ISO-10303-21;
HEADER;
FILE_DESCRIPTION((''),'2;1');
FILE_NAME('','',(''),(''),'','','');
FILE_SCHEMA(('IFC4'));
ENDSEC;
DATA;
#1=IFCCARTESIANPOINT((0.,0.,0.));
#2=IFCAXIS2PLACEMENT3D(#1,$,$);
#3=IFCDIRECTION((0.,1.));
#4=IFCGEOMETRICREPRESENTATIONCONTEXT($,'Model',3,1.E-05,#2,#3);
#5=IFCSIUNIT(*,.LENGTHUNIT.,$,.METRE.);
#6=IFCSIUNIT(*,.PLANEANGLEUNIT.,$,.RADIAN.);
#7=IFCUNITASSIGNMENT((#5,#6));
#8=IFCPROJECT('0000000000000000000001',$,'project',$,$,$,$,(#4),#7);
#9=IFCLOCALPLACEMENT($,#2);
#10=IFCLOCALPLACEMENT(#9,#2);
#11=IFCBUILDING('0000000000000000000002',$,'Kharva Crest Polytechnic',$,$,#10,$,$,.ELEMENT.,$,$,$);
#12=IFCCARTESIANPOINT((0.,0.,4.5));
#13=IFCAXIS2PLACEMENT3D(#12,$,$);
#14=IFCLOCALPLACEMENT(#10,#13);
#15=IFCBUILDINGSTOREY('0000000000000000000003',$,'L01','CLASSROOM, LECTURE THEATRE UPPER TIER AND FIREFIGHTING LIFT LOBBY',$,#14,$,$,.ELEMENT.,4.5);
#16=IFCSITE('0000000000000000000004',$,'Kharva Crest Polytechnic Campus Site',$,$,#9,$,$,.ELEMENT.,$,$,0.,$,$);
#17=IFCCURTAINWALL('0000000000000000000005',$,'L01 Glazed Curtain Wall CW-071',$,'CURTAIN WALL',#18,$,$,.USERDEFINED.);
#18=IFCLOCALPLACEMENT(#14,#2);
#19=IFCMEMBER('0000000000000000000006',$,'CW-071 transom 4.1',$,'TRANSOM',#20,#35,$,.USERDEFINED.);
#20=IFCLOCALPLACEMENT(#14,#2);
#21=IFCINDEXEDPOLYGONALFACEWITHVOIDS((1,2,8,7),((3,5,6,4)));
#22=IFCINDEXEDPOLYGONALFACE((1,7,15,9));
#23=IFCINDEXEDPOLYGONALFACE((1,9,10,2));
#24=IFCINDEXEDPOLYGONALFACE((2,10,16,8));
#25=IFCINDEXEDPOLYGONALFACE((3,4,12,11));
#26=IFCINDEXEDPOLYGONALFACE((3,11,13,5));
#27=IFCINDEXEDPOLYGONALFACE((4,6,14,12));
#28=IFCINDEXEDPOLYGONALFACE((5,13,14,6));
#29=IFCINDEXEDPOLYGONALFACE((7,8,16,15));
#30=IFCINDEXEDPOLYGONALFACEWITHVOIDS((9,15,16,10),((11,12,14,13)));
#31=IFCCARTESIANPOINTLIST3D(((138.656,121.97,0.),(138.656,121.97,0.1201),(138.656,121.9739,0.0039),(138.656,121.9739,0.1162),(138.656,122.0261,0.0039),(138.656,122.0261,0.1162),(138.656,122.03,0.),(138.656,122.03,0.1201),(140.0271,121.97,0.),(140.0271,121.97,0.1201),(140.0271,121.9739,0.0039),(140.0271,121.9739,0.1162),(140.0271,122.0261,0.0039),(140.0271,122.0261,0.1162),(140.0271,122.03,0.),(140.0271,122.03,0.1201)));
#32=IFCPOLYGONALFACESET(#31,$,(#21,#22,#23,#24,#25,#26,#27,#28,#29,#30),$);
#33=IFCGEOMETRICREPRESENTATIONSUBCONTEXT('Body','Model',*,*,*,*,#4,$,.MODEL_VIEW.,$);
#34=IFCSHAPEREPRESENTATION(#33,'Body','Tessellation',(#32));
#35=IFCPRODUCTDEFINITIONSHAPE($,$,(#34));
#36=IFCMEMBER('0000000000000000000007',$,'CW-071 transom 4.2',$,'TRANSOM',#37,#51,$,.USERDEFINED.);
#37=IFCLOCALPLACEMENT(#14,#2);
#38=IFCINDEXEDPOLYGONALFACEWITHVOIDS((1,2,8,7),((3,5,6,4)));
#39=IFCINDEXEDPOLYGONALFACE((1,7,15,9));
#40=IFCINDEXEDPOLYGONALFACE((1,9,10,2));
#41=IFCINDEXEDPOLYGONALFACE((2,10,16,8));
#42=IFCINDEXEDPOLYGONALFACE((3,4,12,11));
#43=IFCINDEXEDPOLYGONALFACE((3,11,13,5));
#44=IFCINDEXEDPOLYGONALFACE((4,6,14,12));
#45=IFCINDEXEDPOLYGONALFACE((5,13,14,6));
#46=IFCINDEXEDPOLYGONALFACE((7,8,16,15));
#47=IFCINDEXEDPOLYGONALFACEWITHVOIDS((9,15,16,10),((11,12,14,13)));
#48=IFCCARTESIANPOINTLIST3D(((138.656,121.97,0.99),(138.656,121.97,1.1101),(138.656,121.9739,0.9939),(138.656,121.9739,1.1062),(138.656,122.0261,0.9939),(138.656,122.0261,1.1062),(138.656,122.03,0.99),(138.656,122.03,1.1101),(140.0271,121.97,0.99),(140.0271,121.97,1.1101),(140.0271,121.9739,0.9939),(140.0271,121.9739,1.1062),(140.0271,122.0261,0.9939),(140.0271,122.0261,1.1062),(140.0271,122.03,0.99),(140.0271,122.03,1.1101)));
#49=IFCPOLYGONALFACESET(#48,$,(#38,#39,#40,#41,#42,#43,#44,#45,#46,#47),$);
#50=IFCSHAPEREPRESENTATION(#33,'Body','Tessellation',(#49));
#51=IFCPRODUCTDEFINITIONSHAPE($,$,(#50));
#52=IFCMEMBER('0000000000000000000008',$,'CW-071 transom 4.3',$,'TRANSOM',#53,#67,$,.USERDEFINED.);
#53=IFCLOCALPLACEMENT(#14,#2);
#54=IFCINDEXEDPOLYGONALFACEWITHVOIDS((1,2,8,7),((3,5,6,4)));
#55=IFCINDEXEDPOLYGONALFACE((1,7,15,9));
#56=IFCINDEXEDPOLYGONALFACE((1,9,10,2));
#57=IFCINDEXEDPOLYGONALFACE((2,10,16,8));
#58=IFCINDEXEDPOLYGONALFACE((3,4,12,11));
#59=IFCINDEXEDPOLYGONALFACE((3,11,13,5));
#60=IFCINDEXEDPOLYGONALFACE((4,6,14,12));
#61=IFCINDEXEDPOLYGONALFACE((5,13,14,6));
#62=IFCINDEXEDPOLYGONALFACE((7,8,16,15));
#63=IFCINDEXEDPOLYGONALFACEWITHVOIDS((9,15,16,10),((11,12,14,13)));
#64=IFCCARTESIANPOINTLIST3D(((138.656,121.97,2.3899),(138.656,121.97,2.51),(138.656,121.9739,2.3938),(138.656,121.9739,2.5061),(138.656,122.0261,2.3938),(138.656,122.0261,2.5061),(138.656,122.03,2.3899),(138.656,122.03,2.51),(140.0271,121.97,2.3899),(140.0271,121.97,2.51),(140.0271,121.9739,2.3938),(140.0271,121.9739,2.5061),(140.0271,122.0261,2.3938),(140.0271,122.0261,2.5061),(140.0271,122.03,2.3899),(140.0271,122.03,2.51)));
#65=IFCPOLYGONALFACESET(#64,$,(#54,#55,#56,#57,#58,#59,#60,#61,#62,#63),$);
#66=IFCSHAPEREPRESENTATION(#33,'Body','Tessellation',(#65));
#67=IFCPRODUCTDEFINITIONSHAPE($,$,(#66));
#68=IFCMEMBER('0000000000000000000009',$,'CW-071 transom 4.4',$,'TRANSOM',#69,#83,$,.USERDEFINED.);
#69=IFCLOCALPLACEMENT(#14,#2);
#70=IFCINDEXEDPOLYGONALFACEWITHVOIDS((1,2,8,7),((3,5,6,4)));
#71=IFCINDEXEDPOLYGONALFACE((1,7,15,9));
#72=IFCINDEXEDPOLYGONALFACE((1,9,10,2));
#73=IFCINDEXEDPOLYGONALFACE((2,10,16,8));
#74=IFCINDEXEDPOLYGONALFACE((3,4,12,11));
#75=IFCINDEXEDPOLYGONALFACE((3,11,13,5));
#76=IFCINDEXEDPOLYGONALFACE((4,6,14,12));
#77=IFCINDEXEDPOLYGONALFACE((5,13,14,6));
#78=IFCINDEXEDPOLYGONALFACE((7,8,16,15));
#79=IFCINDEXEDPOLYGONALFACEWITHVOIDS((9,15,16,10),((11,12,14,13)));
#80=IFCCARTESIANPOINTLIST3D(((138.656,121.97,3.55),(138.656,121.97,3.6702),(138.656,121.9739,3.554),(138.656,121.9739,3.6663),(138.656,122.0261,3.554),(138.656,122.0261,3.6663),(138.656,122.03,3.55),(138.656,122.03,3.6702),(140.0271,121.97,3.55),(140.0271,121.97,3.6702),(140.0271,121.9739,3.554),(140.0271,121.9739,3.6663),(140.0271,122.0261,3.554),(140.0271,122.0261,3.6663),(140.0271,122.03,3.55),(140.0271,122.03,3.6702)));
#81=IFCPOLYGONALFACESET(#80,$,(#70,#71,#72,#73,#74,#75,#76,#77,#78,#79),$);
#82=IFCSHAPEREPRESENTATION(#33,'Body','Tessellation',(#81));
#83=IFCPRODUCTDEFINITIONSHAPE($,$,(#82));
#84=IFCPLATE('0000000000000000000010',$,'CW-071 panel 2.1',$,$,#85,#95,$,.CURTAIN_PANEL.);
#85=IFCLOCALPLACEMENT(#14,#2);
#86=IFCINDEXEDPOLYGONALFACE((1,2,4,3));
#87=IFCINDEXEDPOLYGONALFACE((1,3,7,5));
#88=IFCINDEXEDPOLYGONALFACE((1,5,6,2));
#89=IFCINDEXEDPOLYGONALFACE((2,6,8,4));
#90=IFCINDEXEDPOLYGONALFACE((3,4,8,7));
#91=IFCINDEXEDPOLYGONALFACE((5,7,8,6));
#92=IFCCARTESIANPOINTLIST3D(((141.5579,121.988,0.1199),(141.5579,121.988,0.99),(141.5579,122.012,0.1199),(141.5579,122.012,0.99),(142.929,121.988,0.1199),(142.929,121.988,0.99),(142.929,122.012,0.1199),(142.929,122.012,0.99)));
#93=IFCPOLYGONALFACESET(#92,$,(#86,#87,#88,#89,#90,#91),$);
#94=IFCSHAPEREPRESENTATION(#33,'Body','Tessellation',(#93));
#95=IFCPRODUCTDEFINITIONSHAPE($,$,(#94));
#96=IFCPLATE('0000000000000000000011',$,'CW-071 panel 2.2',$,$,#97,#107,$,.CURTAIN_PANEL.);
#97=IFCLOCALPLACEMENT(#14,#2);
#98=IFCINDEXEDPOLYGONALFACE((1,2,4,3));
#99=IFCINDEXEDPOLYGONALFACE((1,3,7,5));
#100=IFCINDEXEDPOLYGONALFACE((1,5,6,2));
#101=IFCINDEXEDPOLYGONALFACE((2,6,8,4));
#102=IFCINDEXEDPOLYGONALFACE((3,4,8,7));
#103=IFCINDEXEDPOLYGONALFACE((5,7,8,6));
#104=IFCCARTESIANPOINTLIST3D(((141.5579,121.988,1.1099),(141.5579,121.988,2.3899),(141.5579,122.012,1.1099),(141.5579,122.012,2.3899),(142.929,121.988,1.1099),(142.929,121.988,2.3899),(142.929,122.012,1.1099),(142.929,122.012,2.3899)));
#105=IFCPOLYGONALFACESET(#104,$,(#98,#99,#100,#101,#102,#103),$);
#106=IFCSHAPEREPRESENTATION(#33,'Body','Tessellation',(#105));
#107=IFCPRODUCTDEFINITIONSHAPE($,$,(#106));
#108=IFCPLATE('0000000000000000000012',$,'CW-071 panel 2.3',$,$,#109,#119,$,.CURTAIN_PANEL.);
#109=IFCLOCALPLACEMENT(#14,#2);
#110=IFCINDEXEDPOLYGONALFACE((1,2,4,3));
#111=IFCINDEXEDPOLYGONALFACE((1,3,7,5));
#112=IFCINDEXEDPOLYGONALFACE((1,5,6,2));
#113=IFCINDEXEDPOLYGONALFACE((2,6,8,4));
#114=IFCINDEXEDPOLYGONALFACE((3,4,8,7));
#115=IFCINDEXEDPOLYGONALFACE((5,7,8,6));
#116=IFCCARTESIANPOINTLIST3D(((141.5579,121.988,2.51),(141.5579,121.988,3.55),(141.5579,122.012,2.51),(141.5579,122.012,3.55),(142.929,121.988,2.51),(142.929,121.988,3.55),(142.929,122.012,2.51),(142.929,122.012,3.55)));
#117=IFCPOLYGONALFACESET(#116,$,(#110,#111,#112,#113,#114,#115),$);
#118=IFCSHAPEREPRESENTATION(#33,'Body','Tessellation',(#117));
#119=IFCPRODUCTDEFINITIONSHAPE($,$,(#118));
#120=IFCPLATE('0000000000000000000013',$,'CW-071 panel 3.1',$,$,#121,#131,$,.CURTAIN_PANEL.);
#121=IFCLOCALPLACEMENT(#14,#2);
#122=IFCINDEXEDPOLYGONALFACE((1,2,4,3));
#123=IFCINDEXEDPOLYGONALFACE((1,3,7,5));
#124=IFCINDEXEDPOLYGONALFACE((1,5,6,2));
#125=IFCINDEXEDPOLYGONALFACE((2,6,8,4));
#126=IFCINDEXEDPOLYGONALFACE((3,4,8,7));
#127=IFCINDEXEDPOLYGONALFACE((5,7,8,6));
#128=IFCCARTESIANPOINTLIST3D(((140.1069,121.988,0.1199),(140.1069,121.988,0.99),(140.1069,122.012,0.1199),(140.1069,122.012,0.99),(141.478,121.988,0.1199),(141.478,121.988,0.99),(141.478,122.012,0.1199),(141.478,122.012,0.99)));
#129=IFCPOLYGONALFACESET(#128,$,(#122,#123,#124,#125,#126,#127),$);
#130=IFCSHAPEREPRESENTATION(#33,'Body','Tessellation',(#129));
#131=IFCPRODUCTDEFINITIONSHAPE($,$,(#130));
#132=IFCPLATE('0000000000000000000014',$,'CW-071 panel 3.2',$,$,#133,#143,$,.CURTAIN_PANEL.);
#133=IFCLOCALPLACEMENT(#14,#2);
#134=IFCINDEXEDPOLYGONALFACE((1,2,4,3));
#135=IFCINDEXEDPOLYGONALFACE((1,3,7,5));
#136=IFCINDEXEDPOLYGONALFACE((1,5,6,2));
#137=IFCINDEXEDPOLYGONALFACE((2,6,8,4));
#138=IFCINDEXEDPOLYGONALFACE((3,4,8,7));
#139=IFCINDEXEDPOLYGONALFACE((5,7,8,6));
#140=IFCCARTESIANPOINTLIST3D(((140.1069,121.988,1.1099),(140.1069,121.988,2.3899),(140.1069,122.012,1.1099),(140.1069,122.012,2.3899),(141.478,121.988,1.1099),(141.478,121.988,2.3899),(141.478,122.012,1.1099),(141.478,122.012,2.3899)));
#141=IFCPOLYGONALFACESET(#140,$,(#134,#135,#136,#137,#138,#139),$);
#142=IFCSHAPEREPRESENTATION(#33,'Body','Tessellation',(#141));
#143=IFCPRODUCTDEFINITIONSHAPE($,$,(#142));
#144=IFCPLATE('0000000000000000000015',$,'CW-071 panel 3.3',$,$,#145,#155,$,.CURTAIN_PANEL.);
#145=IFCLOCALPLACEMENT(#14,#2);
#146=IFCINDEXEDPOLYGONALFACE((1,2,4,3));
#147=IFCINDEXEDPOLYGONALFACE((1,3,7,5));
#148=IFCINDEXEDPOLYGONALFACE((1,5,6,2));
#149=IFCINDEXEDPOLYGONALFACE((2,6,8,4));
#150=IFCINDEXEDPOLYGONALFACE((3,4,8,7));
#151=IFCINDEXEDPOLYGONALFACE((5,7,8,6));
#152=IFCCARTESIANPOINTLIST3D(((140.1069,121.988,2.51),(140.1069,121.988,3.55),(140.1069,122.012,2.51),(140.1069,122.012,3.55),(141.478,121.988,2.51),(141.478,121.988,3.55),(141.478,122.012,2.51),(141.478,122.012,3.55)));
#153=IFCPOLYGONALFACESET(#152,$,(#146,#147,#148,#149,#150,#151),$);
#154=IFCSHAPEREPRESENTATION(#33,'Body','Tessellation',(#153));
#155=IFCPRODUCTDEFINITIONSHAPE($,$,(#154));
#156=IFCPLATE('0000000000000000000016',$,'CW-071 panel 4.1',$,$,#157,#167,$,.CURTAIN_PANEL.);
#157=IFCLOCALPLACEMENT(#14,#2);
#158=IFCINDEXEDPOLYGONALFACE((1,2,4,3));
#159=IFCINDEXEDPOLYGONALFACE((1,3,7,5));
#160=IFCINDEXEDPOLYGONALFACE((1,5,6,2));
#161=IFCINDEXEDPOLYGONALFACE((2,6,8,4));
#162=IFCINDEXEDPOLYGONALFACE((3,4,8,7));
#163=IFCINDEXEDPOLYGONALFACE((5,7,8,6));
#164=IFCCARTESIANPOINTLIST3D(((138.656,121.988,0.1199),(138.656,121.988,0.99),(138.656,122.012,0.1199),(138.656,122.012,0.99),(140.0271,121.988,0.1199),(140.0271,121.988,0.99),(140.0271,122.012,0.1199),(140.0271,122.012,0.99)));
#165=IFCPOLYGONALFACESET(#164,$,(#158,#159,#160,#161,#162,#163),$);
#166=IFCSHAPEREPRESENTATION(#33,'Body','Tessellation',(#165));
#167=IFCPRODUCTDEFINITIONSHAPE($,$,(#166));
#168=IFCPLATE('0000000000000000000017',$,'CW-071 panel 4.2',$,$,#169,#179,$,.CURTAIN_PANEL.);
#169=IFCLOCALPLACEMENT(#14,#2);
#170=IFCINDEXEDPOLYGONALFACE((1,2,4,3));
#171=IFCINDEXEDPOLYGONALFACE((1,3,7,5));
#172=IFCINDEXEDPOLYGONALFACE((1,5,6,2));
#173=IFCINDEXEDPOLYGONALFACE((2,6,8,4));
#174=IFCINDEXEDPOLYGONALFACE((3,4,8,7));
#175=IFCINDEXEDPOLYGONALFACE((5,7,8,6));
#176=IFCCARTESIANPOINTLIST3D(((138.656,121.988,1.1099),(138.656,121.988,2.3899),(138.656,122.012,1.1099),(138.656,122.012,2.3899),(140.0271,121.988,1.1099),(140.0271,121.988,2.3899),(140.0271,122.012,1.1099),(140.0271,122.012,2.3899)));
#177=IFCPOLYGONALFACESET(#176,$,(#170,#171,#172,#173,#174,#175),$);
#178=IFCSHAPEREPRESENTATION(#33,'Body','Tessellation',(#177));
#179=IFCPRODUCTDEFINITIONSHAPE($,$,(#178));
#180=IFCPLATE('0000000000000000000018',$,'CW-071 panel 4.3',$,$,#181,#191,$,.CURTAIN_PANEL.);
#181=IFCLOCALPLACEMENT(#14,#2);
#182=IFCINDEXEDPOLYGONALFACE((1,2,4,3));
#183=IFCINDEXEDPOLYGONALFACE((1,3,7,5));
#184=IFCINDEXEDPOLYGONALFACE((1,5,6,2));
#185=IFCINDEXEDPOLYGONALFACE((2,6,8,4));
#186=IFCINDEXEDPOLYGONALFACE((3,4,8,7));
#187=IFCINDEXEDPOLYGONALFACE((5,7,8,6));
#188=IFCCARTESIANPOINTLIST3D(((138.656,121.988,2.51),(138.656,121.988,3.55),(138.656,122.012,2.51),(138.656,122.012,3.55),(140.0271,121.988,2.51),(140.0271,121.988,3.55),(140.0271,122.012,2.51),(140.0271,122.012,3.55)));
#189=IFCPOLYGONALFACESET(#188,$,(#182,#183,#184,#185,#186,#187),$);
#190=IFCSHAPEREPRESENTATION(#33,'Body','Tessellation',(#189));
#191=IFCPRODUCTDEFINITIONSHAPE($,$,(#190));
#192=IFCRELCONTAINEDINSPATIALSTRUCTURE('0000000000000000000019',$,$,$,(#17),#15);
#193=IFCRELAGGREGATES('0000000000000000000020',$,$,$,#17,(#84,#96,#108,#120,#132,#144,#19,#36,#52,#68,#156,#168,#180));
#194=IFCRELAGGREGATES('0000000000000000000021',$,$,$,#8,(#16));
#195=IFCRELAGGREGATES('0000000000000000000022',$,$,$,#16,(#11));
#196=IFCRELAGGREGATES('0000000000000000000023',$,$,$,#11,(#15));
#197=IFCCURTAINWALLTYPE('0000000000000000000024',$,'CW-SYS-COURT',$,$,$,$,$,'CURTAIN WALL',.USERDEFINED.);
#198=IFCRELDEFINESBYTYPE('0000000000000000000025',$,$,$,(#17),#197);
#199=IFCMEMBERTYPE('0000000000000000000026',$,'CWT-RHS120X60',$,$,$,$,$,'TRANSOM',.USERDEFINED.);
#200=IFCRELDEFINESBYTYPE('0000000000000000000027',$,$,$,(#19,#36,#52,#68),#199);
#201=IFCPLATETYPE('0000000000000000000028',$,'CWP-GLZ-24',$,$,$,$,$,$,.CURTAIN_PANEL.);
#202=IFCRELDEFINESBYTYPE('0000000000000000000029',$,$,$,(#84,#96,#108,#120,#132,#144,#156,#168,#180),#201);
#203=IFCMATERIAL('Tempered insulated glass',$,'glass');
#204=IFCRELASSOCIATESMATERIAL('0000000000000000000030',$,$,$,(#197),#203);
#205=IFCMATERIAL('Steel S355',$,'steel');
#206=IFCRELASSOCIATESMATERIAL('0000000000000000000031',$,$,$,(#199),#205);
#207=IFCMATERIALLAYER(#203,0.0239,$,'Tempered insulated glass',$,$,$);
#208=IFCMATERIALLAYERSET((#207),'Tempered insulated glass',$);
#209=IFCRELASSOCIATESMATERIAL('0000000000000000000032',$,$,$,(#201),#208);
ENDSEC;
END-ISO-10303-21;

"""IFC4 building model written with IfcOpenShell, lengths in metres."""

from ifc_helpers import new_model, si_unit, direction, frame, origin, origin_2d, place, context, subcontext, project, spatial, rectangle, hollow_rectangle, extrude, material, layer, layer_set, material_profile, profile_set, type_object, element, aggregate, save


model = new_model("IFC4")

# Units and contexts
model_context = context("Model", 3, precision=1e-05, world=origin(), true_north=direction((0.0, 1.0)))
body_context = subcontext(model_context, "Body", "Model", "MODEL_VIEW")
ifc_project = project(units=[si_unit("LENGTHUNIT", "METRE"), si_unit("PLANEANGLEUNIT", "RADIAN")], contexts=[model_context])

# Site, building, storey
site_placement = place(None, origin())
site = spatial("IfcSite", under=ifc_project, at=site_placement, Name="Kharva Crest Polytechnic Campus Site", CompositionType="ELEMENT", RefElevation=0.0)
building_placement = place(site_placement, origin())
building = spatial("IfcBuilding", under=site, at=building_placement, Name="Kharva Crest Polytechnic", CompositionType="ELEMENT")
storey_placement = place(building_placement, frame((0.0, 0.0, 4.5)))
storey = spatial("IfcBuildingStorey", under=building, at=storey_placement, Name="L01", Description="CLASSROOM, LECTURE THEATRE UPPER TIER AND FIREFIGHTING LIFT LOBBY", CompositionType="ELEMENT", Elevation=4.5)

# Curtain wall, members, plates
ifc_material_1 = material(Name="Tempered insulated glass", Category="glass")
curtain_wall_type = type_object("IfcCurtainWallType", Name="CW-SYS-COURT", ElementType="CURTAIN WALL", PredefinedType="USERDEFINED", material=ifc_material_1)
curtain_wall_placement = place(storey_placement, origin())
curtain_wall = element("IfcCurtainWall", 1, at=curtain_wall_placement, inside=storey, type_object=curtain_wall_type, Name="L01 Glazed Curtain Wall CW-071", ObjectType="CURTAIN WALL", PredefinedType="USERDEFINED")
ifc_material_2 = material(Name="Steel S355", Category="steel")
ifc_material_profile_1 = material_profile(ifc_material_2, hollow_rectangle(XDim=0.0601, YDim=0.1201, WallThickness=0.0039, at=origin_2d()), Name="RHS 120X60X4.0")
ifc_profile_set_1 = profile_set([ifc_material_profile_1], Name="Steel S355")
member_type_1 = type_object("IfcMemberType", Name="CWT-RHS120X60", ElementType="TRANSOM", PredefinedType="USERDEFINED", material=ifc_profile_set_1)
member_1_placement = place(storey_placement, frame((140.0271, 122.0, 0.0601), z_axis=(-1.0, 0.0, 0.0), x_axis=(0.0, -1.0, 0.0)))
member_1 = element("IfcMember", 2, at=member_1_placement, type_object=member_type_1, Name="CW-071 transom 4.1", ObjectType="TRANSOM", PredefinedType="USERDEFINED", context=body_context, shape_type="SweptSolid", body=[
    extrude(hollow_rectangle(XDim=0.0601, YDim=0.1201, WallThickness=0.0039, at=origin_2d()), origin(), (0.0, 0.0, 1.0), 1.3711),
])
member_2_placement = place(storey_placement, frame((140.0271, 122.0, 1.05), z_axis=(-1.0, 0.0, 0.0), x_axis=(0.0, -1.0, 0.0)))
member_2 = element("IfcMember", 3, at=member_2_placement, type_object=member_type_1, Name="CW-071 transom 4.2", ObjectType="TRANSOM", PredefinedType="USERDEFINED", context=body_context, shape_type="SweptSolid", body=[
    extrude(hollow_rectangle(XDim=0.0601, YDim=0.1201, WallThickness=0.0039, at=origin_2d()), origin(), (0.0, 0.0, 1.0), 1.3711),
])
member_3_placement = place(storey_placement, frame((140.0271, 122.0, 2.45), z_axis=(-1.0, 0.0, 0.0), x_axis=(0.0, -1.0, 0.0)))
member_3 = element("IfcMember", 4, at=member_3_placement, type_object=member_type_1, Name="CW-071 transom 4.3", ObjectType="TRANSOM", PredefinedType="USERDEFINED", context=body_context, shape_type="SweptSolid", body=[
    extrude(hollow_rectangle(XDim=0.0601, YDim=0.1201, WallThickness=0.0039, at=origin_2d()), origin(), (0.0, 0.0, 1.0), 1.3711),
])
member_4_placement = place(storey_placement, frame((140.0271, 122.0, 3.6101), z_axis=(-1.0, 0.0, 0.0), x_axis=(0.0, -1.0, 0.0)))
member_4 = element("IfcMember", 5, at=member_4_placement, type_object=member_type_1, Name="CW-071 transom 4.4", ObjectType="TRANSOM", PredefinedType="USERDEFINED", context=body_context, shape_type="SweptSolid", body=[
    extrude(hollow_rectangle(XDim=0.0601, YDim=0.1201, WallThickness=0.0039, at=origin_2d()), origin(), (0.0, 0.0, 1.0), 1.3711),
])
ifc_layer = layer(ifc_material_1, 0.0239, Name="Tempered insulated glass")
ifc_layer_set = layer_set([ifc_layer], Name="Tempered insulated glass")
plate_type = type_object("IfcPlateType", Name="CWP-GLZ-24", PredefinedType="CURTAIN_PANEL", material=ifc_layer_set)
plate_1_placement = place(storey_placement, frame((142.2434, 122.0, 0.1199), z_axis=(0.0, 0.0, 1.0), x_axis=(-1.0, 0.0, 0.0)))
plate_1 = element("IfcPlate", 6, at=plate_1_placement, type_object=plate_type, Name="CW-071 panel 2.1", PredefinedType="CURTAIN_PANEL", context=body_context, shape_type="SweptSolid", body=[
    extrude(rectangle(XDim=1.3711, YDim=0.0239, at=origin_2d()), origin(), (0.0, 0.0, 1.0), 0.8701),
])
plate_2_placement = place(storey_placement, frame((142.2434, 122.0, 1.1099), z_axis=(0.0, 0.0, 1.0), x_axis=(-1.0, 0.0, 0.0)))
plate_2 = element("IfcPlate", 7, at=plate_2_placement, type_object=plate_type, Name="CW-071 panel 2.2", PredefinedType="CURTAIN_PANEL", context=body_context, shape_type="SweptSolid", body=[
    extrude(rectangle(XDim=1.3711, YDim=0.0239, at=origin_2d()), origin(), (0.0, 0.0, 1.0), 1.28),
])
plate_3_placement = place(storey_placement, frame((142.2434, 122.0, 2.51), z_axis=(0.0, 0.0, 1.0), x_axis=(-1.0, 0.0, 0.0)))
plate_3 = element("IfcPlate", 8, at=plate_3_placement, type_object=plate_type, Name="CW-071 panel 2.3", PredefinedType="CURTAIN_PANEL", context=body_context, shape_type="SweptSolid", body=[
    extrude(rectangle(XDim=1.3711, YDim=0.0239, at=origin_2d()), origin(), (0.0, 0.0, 1.0), 1.04),
])
plate_4_placement = place(storey_placement, frame((140.7925, 122.0, 0.1199), z_axis=(0.0, 0.0, 1.0), x_axis=(-1.0, 0.0, 0.0)))
plate_4 = element("IfcPlate", 9, at=plate_4_placement, type_object=plate_type, Name="CW-071 panel 3.1", PredefinedType="CURTAIN_PANEL", context=body_context, shape_type="SweptSolid", body=[
    extrude(rectangle(XDim=1.3711, YDim=0.0239, at=origin_2d()), origin(), (0.0, 0.0, 1.0), 0.8701),
])
plate_5_placement = place(storey_placement, frame((140.7925, 122.0, 1.1099), z_axis=(0.0, 0.0, 1.0), x_axis=(-1.0, 0.0, 0.0)))
plate_5 = element("IfcPlate", 10, at=plate_5_placement, type_object=plate_type, Name="CW-071 panel 3.2", PredefinedType="CURTAIN_PANEL", context=body_context, shape_type="SweptSolid", body=[
    extrude(rectangle(XDim=1.3711, YDim=0.0239, at=origin_2d()), origin(), (0.0, 0.0, 1.0), 1.28),
])
plate_6_placement = place(storey_placement, frame((140.7925, 122.0, 2.51), z_axis=(0.0, 0.0, 1.0), x_axis=(-1.0, 0.0, 0.0)))
plate_6 = element("IfcPlate", 11, at=plate_6_placement, type_object=plate_type, Name="CW-071 panel 3.3", PredefinedType="CURTAIN_PANEL", context=body_context, shape_type="SweptSolid", body=[
    extrude(rectangle(XDim=1.3711, YDim=0.0239, at=origin_2d()), origin(), (0.0, 0.0, 1.0), 1.04),
])
plate_7_placement = place(storey_placement, frame((139.3416, 122.0, 0.1199), z_axis=(0.0, 0.0, 1.0), x_axis=(-1.0, 0.0, 0.0)))
plate_7 = element("IfcPlate", 12, at=plate_7_placement, type_object=plate_type, Name="CW-071 panel 4.1", PredefinedType="CURTAIN_PANEL", context=body_context, shape_type="SweptSolid", body=[
    extrude(rectangle(XDim=1.3711, YDim=0.0239, at=origin_2d()), origin(), (0.0, 0.0, 1.0), 0.8701),
])
plate_8_placement = place(storey_placement, frame((139.3416, 122.0, 1.1099), z_axis=(0.0, 0.0, 1.0), x_axis=(-1.0, 0.0, 0.0)))
plate_8 = element("IfcPlate", 13, at=plate_8_placement, type_object=plate_type, Name="CW-071 panel 4.2", PredefinedType="CURTAIN_PANEL", context=body_context, shape_type="SweptSolid", body=[
    extrude(rectangle(XDim=1.3711, YDim=0.0239, at=origin_2d()), origin(), (0.0, 0.0, 1.0), 1.28),
])
plate_9_placement = place(storey_placement, frame((139.3416, 122.0, 2.51), z_axis=(0.0, 0.0, 1.0), x_axis=(-1.0, 0.0, 0.0)))
plate_9 = element("IfcPlate", 14, at=plate_9_placement, type_object=plate_type, Name="CW-071 panel 4.3", PredefinedType="CURTAIN_PANEL", context=body_context, shape_type="SweptSolid", body=[
    extrude(rectangle(XDim=1.3711, YDim=0.0239, at=origin_2d()), origin(), (0.0, 0.0, 1.0), 1.04),
])
aggregate(curtain_wall, [plate_1, plate_2, plate_3, plate_4, plate_5, plate_6, member_1, member_2, member_3, member_4, plate_7, plate_8, plate_9])

save(model, "model.ifc")
